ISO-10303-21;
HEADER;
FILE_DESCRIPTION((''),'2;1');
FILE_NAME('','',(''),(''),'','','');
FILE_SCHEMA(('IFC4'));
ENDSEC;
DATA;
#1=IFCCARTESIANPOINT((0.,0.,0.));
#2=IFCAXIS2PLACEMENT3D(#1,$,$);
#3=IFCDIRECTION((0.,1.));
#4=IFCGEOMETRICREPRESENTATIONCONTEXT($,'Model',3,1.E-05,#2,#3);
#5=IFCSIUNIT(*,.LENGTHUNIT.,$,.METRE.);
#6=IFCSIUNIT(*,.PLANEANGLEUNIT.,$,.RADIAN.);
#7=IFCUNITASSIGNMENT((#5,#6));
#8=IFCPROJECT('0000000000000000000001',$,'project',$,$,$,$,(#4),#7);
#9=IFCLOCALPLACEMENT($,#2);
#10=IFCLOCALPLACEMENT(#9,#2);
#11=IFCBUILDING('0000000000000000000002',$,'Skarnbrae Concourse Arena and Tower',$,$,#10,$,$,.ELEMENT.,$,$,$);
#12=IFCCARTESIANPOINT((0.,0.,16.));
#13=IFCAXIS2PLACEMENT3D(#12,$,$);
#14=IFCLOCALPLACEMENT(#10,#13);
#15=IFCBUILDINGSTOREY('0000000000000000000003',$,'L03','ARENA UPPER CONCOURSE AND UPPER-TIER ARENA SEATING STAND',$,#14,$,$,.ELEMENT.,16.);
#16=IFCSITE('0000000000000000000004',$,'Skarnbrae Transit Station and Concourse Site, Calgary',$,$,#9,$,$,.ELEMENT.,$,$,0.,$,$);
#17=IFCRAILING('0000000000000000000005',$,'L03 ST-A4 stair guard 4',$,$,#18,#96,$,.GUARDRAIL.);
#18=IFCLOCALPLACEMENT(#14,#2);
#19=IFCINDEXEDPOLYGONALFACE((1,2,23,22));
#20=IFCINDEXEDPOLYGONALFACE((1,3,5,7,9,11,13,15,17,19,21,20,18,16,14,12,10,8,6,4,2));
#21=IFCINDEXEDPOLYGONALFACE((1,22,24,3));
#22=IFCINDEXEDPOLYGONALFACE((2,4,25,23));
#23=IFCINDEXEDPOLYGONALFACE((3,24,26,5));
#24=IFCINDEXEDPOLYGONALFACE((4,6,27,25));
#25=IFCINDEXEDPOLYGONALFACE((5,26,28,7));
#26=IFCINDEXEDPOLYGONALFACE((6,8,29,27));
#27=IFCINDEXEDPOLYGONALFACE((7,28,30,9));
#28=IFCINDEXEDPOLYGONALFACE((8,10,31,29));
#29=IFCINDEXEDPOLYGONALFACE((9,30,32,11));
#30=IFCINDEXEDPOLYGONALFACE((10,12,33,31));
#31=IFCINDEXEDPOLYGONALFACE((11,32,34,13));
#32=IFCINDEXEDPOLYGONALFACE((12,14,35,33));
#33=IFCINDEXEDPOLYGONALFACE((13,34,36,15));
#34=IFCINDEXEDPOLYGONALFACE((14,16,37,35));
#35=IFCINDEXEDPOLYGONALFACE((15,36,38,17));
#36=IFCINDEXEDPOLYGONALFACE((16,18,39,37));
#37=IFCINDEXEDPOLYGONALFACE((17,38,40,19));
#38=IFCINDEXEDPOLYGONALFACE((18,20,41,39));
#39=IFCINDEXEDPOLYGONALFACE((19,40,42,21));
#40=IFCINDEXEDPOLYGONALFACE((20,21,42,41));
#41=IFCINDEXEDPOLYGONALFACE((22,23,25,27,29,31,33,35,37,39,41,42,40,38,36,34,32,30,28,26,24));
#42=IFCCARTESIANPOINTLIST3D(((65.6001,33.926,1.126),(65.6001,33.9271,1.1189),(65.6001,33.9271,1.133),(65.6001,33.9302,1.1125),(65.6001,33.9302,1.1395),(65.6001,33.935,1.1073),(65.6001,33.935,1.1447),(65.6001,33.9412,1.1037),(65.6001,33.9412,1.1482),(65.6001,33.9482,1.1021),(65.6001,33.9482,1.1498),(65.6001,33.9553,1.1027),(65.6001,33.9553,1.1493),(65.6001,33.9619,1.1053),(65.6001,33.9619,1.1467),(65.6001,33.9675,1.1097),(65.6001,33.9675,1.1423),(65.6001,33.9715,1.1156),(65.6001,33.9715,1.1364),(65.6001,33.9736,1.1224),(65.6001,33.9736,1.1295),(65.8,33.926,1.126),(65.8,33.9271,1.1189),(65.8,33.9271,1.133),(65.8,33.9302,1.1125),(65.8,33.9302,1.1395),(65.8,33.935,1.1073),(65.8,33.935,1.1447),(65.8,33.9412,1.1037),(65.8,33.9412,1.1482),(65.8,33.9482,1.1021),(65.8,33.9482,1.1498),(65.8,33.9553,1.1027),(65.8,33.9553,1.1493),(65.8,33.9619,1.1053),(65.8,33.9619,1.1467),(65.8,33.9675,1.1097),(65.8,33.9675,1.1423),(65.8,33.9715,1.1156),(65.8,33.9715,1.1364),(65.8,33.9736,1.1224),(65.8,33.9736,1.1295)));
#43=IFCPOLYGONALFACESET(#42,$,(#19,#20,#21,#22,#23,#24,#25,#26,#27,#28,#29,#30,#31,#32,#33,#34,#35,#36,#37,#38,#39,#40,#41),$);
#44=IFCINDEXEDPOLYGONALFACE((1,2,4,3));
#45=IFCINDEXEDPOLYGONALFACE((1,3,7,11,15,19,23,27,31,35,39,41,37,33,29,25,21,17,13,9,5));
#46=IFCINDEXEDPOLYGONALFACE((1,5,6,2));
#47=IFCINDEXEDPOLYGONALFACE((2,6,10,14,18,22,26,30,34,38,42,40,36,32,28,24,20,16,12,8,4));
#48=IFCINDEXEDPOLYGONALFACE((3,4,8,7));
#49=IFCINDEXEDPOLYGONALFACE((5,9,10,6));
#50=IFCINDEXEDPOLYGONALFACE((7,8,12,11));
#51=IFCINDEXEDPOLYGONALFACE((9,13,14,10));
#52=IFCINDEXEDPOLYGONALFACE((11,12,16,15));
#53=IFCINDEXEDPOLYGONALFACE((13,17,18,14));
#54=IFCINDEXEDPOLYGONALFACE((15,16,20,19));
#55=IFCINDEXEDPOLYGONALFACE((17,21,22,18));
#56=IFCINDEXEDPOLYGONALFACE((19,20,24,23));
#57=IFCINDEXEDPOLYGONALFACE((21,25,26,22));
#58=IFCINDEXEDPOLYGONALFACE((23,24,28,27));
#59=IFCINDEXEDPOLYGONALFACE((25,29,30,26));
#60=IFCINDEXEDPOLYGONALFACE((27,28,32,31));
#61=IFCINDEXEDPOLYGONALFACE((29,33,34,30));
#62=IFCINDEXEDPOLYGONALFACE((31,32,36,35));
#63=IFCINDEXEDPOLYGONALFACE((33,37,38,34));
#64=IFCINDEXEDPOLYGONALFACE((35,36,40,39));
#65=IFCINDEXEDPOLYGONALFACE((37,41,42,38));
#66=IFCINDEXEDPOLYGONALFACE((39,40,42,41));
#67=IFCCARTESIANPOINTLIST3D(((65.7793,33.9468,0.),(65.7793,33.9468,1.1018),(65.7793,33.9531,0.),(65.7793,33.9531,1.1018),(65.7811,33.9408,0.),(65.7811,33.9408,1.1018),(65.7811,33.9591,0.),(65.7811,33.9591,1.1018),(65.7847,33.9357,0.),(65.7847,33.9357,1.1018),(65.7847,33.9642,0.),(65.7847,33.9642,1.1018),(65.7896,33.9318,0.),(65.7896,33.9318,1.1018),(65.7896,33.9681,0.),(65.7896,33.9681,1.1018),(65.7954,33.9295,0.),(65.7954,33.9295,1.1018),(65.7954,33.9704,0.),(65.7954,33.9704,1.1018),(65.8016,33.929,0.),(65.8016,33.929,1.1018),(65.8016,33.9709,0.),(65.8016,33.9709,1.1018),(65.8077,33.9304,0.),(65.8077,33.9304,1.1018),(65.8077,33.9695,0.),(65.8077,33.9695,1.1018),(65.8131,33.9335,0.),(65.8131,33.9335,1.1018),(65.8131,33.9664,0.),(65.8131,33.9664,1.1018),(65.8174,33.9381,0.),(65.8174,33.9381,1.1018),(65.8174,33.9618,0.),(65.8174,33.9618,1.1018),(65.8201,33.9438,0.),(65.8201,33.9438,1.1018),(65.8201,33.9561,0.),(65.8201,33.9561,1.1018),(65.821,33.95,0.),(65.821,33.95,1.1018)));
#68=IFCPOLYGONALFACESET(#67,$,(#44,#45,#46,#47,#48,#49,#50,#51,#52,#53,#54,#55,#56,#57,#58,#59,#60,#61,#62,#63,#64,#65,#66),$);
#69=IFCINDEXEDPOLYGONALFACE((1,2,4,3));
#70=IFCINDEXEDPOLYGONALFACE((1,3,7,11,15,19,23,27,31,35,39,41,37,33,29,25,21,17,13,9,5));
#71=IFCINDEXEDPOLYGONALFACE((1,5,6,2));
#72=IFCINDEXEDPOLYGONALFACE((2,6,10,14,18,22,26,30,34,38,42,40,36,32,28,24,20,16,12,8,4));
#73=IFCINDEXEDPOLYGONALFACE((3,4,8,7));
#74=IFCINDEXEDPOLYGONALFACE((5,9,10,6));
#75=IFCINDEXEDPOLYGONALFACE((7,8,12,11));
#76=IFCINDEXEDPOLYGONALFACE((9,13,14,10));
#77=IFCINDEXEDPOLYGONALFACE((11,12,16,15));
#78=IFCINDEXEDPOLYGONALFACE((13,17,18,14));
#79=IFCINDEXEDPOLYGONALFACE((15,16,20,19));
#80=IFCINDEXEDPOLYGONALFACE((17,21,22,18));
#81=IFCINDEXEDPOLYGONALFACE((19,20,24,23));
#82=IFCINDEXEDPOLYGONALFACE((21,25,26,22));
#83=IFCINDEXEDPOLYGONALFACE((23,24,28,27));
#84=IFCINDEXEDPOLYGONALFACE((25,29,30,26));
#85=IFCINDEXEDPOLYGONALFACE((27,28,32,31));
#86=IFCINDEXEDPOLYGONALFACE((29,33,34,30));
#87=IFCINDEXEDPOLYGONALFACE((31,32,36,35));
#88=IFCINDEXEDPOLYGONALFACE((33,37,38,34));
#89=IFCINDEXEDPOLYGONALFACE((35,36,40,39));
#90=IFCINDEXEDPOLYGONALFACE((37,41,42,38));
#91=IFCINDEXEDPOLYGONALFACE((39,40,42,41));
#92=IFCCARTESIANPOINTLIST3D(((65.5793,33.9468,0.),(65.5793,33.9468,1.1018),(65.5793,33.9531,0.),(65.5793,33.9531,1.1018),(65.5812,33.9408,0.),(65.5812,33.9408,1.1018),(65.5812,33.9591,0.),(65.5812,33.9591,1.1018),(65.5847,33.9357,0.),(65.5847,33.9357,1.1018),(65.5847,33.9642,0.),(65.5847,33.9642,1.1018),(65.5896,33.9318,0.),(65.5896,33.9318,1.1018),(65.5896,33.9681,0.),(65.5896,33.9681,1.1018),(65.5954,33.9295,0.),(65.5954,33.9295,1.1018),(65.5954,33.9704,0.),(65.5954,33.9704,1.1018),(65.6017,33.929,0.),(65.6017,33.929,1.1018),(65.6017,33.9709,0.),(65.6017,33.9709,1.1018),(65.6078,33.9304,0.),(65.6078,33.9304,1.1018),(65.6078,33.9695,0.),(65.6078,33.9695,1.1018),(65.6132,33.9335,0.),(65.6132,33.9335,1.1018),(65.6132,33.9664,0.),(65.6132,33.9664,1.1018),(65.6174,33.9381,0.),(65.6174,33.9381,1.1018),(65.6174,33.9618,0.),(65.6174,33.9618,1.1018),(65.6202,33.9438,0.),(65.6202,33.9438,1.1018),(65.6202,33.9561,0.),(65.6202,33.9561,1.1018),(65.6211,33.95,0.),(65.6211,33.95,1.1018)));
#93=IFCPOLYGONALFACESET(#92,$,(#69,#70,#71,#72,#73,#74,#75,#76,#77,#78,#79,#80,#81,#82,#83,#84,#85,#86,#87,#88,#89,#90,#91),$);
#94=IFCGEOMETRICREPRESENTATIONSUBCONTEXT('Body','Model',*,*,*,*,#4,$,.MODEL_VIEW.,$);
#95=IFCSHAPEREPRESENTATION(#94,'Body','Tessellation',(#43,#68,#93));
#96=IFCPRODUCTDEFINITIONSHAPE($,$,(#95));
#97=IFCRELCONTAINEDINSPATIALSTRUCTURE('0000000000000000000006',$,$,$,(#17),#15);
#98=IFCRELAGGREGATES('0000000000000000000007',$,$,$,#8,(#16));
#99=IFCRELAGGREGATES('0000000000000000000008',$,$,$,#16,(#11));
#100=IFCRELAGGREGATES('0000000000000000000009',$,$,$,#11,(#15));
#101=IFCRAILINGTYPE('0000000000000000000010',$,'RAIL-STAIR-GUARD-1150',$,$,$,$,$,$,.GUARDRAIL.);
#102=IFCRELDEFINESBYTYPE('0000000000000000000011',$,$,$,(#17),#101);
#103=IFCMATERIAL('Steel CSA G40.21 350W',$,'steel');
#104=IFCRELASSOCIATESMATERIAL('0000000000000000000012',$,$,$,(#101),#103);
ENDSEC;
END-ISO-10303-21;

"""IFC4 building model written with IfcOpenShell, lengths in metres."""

from ifc_helpers import new_model, si_unit, direction, frame, origin, origin_2d, place, context, subcontext, project, spatial, circle, extrude, material, type_object, element, save


model = new_model("IFC4")

# Units and contexts
model_context = context("Model", 3, precision=1e-05, world=origin(), true_north=direction((0.0, 1.0)))
body_context = subcontext(model_context, "Body", "Model", "MODEL_VIEW")
ifc_project = project(units=[si_unit("LENGTHUNIT", "METRE"), si_unit("PLANEANGLEUNIT", "RADIAN")], contexts=[model_context])

# Site, building, storey
site_placement = place(None, origin())
site = spatial("IfcSite", under=ifc_project, at=site_placement, Name="Skarnbrae Transit Station and Concourse Site, Calgary", CompositionType="ELEMENT", RefElevation=0.0)
building_placement = place(site_placement, origin())
building = spatial("IfcBuilding", under=site, at=building_placement, Name="Skarnbrae Concourse Arena and Tower", CompositionType="ELEMENT")
storey_placement = place(building_placement, frame((0.0, 0.0, 16.0)))
storey = spatial("IfcBuildingStorey", under=building, at=storey_placement, Name="L03", Description="ARENA UPPER CONCOURSE AND UPPER-TIER ARENA SEATING STAND", CompositionType="ELEMENT", Elevation=16.0)

# Shared definitions
ifc_material_1 = material(Name="Steel CSA G40.21 350W", Category="steel")

# Railing
railing_type_1 = type_object("IfcRailingType", Name="RAIL-STAIR-GUARD-1150", PredefinedType="GUARDRAIL", material=ifc_material_1)
railing_1_placement = place(storey_placement, frame((65.8, 33.95, 0.0)))
element("IfcRailing", 1, at=railing_1_placement, inside=storey, type_object=railing_type_1, Name="L03 ST-A4 stair guard 4", PredefinedType="GUARDRAIL", context=body_context, shape_type="SweptSolid", body=[
    extrude(circle(Radius=0.0239, at=origin_2d()), frame((0.0, 0.0, 1.126), z_axis=(-1.0, 0.0, 0.0), x_axis=(0.0, -1.0, 0.0)), (0.0, 0.0, 1.0), 0.2),
    extrude(circle(Radius=0.021, at=origin_2d()), origin(), (0.0, 0.0, 1.0), 1.1018),
    extrude(circle(Radius=0.021, at=origin_2d()), frame((-0.2, 0.0, 0.0)), (0.0, 0.0, 1.0), 1.1018),
])

save(model, "model.ifc")
